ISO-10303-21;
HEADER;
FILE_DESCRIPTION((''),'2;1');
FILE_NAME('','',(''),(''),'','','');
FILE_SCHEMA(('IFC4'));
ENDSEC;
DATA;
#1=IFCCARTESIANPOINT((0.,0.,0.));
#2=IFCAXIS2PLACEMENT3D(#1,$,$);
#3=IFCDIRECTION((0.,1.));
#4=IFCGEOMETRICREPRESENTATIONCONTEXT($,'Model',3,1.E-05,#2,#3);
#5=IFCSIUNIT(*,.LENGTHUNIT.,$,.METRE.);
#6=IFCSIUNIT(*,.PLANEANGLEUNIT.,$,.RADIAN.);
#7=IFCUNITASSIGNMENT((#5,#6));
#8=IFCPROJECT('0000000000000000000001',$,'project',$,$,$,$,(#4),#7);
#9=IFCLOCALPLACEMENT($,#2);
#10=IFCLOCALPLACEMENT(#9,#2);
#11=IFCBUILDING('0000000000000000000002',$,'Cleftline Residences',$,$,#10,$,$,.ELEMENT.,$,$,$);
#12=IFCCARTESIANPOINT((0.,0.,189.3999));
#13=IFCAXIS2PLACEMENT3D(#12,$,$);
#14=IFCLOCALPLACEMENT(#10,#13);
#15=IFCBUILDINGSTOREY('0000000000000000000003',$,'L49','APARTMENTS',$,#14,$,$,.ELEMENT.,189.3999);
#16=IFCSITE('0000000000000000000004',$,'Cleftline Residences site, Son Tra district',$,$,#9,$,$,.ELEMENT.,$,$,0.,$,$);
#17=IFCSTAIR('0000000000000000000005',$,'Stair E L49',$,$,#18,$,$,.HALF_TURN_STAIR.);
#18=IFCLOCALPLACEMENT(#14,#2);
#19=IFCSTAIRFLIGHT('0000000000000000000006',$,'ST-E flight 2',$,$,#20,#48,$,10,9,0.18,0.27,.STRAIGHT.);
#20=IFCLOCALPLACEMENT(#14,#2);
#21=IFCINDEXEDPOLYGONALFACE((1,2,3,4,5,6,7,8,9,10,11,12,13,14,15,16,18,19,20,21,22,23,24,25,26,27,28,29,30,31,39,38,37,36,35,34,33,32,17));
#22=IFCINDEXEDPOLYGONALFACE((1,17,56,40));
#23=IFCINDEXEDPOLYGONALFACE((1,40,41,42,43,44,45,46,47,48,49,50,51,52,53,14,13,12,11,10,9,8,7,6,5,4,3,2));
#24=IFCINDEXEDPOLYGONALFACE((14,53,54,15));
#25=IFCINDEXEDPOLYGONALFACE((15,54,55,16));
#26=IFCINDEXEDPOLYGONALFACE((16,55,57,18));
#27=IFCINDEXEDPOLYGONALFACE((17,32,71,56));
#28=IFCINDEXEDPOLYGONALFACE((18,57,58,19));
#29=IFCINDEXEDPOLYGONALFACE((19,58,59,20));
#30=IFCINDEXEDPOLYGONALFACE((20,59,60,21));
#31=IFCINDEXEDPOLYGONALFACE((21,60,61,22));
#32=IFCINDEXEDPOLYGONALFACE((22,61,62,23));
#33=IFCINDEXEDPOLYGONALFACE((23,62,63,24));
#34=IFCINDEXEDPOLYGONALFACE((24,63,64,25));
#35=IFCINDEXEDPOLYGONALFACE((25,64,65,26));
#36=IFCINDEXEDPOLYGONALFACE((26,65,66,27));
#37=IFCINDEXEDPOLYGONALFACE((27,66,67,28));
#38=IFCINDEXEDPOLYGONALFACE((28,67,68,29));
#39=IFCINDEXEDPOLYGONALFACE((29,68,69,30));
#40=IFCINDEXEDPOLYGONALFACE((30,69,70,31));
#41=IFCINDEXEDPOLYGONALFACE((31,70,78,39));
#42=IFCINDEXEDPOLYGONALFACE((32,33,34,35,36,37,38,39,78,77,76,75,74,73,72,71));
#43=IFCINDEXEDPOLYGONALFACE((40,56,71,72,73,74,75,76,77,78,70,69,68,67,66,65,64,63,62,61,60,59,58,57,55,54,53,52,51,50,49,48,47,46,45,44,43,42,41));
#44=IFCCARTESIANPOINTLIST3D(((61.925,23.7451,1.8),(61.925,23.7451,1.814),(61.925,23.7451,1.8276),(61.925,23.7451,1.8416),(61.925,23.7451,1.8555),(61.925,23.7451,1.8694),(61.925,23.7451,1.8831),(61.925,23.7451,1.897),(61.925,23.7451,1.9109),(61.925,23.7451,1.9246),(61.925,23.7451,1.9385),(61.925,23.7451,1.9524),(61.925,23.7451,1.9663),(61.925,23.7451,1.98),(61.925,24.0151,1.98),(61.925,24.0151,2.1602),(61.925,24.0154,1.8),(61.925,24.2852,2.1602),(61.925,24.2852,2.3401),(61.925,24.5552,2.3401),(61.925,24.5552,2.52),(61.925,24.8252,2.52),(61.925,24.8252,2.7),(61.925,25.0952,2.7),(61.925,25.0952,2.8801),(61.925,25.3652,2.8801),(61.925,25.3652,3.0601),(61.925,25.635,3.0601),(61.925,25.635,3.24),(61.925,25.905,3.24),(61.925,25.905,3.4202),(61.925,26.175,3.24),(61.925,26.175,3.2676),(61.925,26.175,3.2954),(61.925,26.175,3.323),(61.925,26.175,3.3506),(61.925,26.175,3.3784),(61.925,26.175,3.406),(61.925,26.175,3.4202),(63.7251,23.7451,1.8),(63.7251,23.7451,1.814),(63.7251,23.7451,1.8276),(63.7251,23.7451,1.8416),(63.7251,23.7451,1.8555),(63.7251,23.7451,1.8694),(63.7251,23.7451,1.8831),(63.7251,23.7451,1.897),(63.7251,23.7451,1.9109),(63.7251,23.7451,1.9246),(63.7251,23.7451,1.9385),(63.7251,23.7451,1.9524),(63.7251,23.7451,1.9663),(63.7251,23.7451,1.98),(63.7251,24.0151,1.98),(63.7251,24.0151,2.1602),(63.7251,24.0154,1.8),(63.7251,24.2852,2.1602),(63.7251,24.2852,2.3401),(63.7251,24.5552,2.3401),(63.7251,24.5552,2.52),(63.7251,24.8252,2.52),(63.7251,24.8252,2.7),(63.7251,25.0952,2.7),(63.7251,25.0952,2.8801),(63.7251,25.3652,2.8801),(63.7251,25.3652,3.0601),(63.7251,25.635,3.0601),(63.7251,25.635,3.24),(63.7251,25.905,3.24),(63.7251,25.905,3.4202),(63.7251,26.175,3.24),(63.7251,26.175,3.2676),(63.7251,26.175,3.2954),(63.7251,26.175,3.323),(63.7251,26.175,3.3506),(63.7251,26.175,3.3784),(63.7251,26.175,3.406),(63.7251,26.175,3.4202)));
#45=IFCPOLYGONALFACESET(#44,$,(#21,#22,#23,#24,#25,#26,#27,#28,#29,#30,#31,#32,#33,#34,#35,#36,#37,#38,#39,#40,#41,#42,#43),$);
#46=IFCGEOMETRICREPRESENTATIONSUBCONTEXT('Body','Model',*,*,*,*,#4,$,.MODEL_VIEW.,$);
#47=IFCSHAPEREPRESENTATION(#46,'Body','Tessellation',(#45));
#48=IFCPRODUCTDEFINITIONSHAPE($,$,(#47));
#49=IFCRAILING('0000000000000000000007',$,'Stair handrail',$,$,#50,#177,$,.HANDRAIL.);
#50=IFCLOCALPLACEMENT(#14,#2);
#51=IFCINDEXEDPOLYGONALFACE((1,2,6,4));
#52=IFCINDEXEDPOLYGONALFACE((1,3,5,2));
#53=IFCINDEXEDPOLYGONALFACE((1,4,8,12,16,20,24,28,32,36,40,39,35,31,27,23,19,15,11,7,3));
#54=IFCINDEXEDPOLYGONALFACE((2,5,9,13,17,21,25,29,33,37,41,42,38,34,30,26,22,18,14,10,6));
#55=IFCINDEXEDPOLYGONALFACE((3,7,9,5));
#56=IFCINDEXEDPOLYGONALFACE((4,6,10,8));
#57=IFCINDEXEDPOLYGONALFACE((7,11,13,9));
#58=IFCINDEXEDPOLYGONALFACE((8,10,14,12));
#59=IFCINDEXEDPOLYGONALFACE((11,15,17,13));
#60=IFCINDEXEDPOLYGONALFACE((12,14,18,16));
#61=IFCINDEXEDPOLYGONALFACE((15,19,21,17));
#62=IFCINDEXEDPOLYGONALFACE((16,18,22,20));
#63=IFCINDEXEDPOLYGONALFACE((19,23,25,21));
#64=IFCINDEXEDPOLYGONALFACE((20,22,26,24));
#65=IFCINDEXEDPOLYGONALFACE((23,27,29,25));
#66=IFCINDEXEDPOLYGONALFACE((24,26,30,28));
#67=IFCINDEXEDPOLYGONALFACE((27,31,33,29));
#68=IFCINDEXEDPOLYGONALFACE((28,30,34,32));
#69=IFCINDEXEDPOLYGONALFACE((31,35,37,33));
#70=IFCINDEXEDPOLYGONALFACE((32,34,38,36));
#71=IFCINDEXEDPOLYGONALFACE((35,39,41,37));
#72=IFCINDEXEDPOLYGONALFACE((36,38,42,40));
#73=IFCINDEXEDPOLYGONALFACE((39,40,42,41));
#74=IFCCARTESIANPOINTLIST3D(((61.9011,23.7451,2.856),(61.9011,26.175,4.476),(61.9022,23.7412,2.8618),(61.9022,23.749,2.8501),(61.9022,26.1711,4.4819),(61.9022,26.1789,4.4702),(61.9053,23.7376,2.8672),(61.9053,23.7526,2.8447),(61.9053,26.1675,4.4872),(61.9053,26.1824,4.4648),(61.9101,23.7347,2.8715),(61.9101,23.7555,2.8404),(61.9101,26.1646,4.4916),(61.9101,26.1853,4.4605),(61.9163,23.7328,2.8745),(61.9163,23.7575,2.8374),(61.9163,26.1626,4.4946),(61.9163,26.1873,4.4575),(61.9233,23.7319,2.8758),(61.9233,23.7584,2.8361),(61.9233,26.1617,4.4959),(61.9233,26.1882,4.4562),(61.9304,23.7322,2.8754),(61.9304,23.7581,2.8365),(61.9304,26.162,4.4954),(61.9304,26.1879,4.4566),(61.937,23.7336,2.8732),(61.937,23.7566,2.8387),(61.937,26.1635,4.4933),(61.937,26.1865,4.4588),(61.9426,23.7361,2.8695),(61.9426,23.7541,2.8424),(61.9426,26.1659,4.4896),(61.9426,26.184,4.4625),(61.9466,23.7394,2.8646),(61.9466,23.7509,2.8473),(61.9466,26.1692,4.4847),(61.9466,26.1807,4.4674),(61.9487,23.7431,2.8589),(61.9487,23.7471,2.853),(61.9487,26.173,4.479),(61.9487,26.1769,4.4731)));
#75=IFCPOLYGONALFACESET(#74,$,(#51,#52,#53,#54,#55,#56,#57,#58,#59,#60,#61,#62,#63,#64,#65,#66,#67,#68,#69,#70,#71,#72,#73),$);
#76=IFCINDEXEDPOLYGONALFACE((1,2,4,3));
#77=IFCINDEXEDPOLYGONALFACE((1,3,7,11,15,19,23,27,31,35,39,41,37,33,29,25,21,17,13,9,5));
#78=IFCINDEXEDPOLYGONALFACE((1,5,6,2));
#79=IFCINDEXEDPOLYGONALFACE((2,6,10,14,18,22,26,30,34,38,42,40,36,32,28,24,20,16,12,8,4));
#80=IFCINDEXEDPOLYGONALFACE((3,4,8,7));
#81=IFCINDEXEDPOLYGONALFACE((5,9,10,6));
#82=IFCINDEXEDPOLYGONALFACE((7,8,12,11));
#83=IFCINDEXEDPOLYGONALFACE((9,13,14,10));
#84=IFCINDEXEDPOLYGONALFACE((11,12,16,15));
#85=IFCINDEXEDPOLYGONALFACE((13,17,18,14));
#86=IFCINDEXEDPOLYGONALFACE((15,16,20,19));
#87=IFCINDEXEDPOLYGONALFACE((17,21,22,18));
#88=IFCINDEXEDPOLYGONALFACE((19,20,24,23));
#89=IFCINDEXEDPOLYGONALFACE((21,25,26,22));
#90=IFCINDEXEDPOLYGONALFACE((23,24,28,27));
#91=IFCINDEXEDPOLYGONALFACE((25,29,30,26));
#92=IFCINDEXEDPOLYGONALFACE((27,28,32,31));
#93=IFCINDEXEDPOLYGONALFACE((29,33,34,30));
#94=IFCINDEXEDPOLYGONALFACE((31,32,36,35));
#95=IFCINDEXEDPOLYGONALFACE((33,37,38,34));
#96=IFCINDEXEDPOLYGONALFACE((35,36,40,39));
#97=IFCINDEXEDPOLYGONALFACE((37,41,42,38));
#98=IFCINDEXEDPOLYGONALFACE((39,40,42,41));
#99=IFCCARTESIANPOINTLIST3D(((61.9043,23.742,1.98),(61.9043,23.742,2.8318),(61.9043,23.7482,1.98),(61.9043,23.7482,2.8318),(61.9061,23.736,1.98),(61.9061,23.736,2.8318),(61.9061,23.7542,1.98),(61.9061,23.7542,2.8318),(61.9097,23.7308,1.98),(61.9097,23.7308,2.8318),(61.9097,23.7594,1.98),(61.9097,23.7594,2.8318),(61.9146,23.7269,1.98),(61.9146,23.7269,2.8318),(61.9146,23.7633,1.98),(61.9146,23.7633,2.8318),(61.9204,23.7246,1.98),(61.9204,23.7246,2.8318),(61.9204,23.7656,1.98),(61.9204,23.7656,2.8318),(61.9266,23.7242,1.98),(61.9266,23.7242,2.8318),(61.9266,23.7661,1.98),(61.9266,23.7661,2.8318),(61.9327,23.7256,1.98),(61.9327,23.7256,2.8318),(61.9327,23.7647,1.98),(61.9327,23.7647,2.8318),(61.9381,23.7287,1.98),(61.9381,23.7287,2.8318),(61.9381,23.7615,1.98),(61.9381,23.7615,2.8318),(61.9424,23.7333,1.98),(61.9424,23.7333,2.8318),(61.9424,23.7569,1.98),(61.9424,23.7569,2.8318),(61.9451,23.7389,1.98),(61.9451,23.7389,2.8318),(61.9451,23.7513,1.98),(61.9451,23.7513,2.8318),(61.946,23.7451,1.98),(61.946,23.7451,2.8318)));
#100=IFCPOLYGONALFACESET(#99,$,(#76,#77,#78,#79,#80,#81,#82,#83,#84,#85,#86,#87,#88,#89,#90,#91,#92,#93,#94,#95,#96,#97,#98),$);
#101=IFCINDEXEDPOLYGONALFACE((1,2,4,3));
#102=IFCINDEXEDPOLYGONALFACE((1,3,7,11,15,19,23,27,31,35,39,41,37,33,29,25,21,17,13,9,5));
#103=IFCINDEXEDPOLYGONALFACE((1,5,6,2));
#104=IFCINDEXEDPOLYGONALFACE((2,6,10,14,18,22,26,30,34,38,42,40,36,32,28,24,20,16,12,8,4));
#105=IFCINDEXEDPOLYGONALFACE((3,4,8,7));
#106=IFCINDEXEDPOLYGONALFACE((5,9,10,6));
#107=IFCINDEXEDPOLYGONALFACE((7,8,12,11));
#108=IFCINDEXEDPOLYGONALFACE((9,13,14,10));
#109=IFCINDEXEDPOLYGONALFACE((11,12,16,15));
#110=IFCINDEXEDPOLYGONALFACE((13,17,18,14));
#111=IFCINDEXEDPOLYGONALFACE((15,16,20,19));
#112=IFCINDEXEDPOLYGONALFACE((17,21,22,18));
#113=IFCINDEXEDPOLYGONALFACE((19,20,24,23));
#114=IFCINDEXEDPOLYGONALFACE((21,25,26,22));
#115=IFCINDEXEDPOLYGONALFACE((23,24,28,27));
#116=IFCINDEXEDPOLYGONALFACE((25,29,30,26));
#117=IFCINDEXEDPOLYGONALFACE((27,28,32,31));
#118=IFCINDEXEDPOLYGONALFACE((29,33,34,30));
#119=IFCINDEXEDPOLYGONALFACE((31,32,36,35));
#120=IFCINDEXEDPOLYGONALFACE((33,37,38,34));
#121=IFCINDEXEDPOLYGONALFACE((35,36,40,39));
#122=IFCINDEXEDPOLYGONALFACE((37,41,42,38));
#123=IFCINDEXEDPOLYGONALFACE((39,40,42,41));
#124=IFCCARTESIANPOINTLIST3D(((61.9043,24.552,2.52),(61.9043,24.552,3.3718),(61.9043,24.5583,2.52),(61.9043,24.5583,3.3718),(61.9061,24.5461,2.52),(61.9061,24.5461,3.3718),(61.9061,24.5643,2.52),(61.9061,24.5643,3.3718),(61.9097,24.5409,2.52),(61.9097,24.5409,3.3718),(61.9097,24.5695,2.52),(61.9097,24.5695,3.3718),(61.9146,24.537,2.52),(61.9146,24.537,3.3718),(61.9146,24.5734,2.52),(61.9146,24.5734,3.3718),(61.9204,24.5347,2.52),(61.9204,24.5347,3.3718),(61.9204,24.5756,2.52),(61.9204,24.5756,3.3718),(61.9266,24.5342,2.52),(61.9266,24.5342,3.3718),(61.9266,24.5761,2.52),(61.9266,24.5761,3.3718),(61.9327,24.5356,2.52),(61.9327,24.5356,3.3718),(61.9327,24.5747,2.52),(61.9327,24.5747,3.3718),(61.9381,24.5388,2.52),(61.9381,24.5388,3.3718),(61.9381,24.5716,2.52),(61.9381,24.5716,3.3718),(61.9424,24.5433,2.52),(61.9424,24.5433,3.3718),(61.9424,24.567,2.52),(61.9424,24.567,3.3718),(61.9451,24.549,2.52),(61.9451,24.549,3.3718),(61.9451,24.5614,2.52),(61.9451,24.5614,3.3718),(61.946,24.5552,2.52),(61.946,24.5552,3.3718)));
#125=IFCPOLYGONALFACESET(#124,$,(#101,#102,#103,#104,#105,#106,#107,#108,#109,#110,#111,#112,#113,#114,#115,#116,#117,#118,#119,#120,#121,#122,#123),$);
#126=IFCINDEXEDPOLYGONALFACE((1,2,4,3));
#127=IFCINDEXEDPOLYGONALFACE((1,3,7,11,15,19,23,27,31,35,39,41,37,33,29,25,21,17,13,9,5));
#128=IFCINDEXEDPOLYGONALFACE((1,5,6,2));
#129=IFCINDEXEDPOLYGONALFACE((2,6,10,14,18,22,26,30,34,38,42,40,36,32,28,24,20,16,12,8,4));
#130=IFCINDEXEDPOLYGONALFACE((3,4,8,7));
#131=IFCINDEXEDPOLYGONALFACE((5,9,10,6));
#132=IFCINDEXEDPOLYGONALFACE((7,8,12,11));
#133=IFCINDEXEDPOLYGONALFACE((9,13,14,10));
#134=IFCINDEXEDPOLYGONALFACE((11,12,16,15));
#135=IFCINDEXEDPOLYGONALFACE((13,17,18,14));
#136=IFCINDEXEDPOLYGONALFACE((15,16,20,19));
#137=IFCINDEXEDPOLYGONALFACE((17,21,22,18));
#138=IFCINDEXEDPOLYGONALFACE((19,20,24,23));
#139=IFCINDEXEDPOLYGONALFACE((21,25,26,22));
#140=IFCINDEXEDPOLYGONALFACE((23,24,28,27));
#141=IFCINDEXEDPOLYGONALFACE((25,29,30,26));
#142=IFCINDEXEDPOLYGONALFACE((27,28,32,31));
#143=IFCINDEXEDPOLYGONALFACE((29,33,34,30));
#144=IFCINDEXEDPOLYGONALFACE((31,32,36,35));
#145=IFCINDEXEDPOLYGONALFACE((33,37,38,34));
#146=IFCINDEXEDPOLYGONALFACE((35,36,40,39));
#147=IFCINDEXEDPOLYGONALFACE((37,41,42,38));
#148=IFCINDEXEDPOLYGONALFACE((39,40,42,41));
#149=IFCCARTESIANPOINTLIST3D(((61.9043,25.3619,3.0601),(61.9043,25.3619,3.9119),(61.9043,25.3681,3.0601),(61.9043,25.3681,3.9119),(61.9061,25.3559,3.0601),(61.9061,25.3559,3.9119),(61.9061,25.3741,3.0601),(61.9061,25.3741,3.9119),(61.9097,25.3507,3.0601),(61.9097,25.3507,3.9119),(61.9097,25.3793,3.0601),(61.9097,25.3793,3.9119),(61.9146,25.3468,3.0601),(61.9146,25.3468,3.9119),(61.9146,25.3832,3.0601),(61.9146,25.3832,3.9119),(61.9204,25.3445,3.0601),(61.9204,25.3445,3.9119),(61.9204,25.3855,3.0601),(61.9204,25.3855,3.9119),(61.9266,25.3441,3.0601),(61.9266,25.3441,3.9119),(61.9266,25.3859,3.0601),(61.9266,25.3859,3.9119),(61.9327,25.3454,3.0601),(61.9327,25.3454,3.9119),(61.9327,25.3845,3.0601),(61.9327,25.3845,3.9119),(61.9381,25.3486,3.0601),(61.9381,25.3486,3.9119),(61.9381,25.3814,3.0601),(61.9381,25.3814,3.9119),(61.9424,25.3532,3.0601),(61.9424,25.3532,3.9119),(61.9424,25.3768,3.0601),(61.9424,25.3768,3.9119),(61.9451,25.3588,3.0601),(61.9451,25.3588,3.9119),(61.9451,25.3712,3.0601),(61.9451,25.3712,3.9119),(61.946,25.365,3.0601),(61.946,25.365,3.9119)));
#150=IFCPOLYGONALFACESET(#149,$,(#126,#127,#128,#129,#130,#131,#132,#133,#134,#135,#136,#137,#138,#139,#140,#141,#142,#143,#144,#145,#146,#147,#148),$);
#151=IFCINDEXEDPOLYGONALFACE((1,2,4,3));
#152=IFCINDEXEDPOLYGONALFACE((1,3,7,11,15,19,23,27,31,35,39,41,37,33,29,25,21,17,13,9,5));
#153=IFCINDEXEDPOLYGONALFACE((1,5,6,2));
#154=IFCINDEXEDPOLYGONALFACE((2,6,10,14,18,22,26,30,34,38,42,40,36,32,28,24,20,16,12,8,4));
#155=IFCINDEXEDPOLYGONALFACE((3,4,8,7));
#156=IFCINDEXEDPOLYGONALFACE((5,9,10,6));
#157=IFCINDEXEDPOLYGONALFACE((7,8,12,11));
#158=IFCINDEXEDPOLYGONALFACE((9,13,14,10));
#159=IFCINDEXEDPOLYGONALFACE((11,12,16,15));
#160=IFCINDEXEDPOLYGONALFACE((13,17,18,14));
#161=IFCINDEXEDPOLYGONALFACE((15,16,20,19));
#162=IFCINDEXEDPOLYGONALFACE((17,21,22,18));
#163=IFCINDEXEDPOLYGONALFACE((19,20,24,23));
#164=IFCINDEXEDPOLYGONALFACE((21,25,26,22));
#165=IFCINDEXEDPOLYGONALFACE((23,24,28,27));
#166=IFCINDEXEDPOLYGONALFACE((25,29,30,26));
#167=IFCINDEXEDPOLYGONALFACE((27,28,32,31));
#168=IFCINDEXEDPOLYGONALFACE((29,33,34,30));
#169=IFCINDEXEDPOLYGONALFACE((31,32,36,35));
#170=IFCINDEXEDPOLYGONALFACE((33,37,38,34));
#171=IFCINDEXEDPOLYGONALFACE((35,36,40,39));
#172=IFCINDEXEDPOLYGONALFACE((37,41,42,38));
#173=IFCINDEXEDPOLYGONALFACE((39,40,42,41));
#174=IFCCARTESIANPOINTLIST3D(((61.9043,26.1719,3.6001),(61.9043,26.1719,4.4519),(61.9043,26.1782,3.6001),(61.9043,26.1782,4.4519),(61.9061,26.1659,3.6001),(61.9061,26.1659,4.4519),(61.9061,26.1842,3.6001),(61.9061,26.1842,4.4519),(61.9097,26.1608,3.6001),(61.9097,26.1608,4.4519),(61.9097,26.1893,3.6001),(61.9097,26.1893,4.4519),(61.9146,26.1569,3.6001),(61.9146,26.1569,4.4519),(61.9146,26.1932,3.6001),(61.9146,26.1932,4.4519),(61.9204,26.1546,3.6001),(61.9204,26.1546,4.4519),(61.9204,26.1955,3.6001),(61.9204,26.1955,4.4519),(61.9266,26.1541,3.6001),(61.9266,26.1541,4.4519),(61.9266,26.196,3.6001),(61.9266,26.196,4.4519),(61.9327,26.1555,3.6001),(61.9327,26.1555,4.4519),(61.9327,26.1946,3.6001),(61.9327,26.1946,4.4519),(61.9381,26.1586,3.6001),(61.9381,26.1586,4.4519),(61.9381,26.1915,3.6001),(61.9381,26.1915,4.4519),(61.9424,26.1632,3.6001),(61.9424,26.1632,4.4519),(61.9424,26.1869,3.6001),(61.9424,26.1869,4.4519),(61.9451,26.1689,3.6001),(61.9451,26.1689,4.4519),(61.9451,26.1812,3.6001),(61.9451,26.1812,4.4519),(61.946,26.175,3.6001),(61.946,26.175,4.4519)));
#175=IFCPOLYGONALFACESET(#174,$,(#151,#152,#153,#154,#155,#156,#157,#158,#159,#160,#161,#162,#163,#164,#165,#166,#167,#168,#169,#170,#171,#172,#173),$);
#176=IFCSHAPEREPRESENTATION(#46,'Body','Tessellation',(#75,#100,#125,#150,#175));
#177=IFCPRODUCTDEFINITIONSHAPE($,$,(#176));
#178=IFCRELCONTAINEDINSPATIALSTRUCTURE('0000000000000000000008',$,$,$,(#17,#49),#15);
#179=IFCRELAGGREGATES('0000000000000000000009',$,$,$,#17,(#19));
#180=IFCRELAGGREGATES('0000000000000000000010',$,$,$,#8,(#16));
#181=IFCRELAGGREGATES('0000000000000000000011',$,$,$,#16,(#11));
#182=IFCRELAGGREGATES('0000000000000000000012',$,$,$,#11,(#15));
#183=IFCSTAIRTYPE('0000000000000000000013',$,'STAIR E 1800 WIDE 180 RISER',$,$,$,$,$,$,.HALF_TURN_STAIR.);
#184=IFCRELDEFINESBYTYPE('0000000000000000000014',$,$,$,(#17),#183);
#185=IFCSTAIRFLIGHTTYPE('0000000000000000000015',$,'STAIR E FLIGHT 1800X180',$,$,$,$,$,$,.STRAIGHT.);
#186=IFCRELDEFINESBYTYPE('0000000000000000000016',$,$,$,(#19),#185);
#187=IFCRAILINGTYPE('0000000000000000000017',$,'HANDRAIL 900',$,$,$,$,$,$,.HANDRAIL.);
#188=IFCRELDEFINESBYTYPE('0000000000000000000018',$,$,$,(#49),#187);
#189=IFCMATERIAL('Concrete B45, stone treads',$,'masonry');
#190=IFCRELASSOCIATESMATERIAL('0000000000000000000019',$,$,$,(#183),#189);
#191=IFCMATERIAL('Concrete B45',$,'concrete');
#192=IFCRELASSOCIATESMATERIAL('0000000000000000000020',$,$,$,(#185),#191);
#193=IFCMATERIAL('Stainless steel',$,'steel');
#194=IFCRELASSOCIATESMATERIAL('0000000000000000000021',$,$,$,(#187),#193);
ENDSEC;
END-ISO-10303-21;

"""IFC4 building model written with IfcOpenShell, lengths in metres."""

from ifc_helpers import new_model, si_unit, direction, frame, origin, origin_2d, place, context, subcontext, project, spatial, polyline, circle, outline, extrude, material, type_object, element, aggregate, save


model = new_model("IFC4")

# Units and contexts
model_context = context("Model", 3, precision=1e-05, world=origin(), true_north=direction((0.0, 1.0)))
body_context = subcontext(model_context, "Body", "Model", "MODEL_VIEW")
ifc_project = project(units=[si_unit("LENGTHUNIT", "METRE"), si_unit("PLANEANGLEUNIT", "RADIAN")], contexts=[model_context])

# Site, building, storey
site_placement = place(None, origin())
site = spatial("IfcSite", under=ifc_project, at=site_placement, Name="Cleftline Residences site, Son Tra district", CompositionType="ELEMENT", RefElevation=0.0)
building_placement = place(site_placement, origin())
building = spatial("IfcBuilding", under=site, at=building_placement, Name="Cleftline Residences", CompositionType="ELEMENT")
storey_placement = place(building_placement, frame((0.0, 0.0, 189.3999)))
storey = spatial("IfcBuildingStorey", under=building, at=storey_placement, Name="L49", Description="APARTMENTS", CompositionType="ELEMENT", Elevation=189.3999)

# Stair, stair flight
ifc_material_1 = material(Name="Concrete B45, stone treads", Category="masonry")
stair_type = type_object("IfcStairType", Name="STAIR E 1800 WIDE 180 RISER", PredefinedType="HALF_TURN_STAIR", material=ifc_material_1)
stair_placement = place(storey_placement, origin())
stair = element("IfcStair", 1, at=stair_placement, inside=storey, type_object=stair_type, Name="Stair E L49", PredefinedType="HALF_TURN_STAIR")
ifc_material_2 = material(Name="Concrete B45", Category="concrete")
stair_flight_type = type_object("IfcStairFlightType", Name="STAIR E FLIGHT 1800X180", PredefinedType="STRAIGHT", material=ifc_material_2)
stair_flight_placement = place(storey_placement, frame((62.825, 23.7451, 1.8), z_axis=(0.0, 0.0, 1.0), x_axis=(0.0, 1.0, 0.0)))
stair_flight = element("IfcStairFlight", 2, at=stair_flight_placement, type_object=stair_flight_type, Name="ST-E flight 2", NumberOfRisers=10, NumberOfTreads=9, PredefinedType="STRAIGHT", RiserHeight=0.18, TreadLength=0.27, context=body_context, shape_type="SweptSolid", body=[
    extrude(outline(polyline([(0.0, 0.0), (0.0, 0.0139), (0.0, 0.0276), (0.0, 0.0415), (0.0, 0.0554), (0.0, 0.0693), (0.0, 0.083), (0.0, 0.0969), (0.0, 0.1108), (0.0, 0.1245), (0.0, 0.1384), (0.0, 0.1523), (0.0, 0.1663), (0.0, 0.1799), (0.27, 0.1799), (0.27, 0.3601), (0.54, 0.3601), (0.54, 0.54), (0.8101, 0.54), (0.8101, 0.72), (1.0801, 0.72), (1.0801, 0.8999), (1.3501, 0.8999), (1.3501, 1.0801), (1.6201, 1.0801), (1.6201, 1.26), (1.8899, 1.26), (1.8899, 1.4399), (2.1599, 1.4399), (2.1599, 1.6201), (2.4299, 1.6201), (2.4299, 1.8), (2.4299, 1.7722), (2.4299, 1.7446), (2.4299, 1.7168), (2.4299, 1.6892), (2.4299, 1.6614), (2.4299, 1.6338), (2.4299, 1.606), (2.4299, 1.5784), (2.4299, 1.5505), (2.4299, 1.5229), (2.4299, 1.4954), (2.4299, 1.4675), (2.4299, 1.4399), (0.2703, 0.0), (0.0, 0.0)])), frame((0.0, 0.8999, 0.0), z_axis=(0.0, -1.0, 0.0), x_axis=(1.0, 0.0, 0.0)), (0.0, 0.0, 1.0), 1.8),
])
aggregate(stair, [stair_flight])

# Railing
ifc_material_3 = material(Name="Stainless steel", Category="steel")
railing_type = type_object("IfcRailingType", Name="HANDRAIL 900", PredefinedType="HANDRAIL", material=ifc_material_3)
railing_placement = place(storey_placement, frame((61.925, 23.7451, 1.98)))
element("IfcRailing", 3, at=railing_placement, inside=storey, type_object=railing_type, Name="Stair handrail", PredefinedType="HANDRAIL", context=body_context, shape_type="SweptSolid", body=[
    extrude(circle(Radius=0.0239, at=origin_2d()), frame((0.0, 0.0, 0.876), z_axis=(0.0, 0.832025, 0.554739), x_axis=(-1.0, 0.0, 0.0)), (0.0, 0.0, 1.0), 2.9204),
    extrude(circle(Radius=0.021, at=origin_2d()), origin(), (0.0, 0.0, 1.0), 0.8518),
    extrude(circle(Radius=0.021, at=origin_2d()), frame((0.0, 0.8101, 0.54)), (0.0, 0.0, 1.0), 0.8518),
    extrude(circle(Radius=0.021, at=origin_2d()), frame((0.0, 1.6199, 1.0801)), (0.0, 0.0, 1.0), 0.8518),
    extrude(circle(Radius=0.021, at=origin_2d()), frame((0.0, 2.4299, 1.6201)), (0.0, 0.0, 1.0), 0.8518),
])

save(model, "model.ifc")
